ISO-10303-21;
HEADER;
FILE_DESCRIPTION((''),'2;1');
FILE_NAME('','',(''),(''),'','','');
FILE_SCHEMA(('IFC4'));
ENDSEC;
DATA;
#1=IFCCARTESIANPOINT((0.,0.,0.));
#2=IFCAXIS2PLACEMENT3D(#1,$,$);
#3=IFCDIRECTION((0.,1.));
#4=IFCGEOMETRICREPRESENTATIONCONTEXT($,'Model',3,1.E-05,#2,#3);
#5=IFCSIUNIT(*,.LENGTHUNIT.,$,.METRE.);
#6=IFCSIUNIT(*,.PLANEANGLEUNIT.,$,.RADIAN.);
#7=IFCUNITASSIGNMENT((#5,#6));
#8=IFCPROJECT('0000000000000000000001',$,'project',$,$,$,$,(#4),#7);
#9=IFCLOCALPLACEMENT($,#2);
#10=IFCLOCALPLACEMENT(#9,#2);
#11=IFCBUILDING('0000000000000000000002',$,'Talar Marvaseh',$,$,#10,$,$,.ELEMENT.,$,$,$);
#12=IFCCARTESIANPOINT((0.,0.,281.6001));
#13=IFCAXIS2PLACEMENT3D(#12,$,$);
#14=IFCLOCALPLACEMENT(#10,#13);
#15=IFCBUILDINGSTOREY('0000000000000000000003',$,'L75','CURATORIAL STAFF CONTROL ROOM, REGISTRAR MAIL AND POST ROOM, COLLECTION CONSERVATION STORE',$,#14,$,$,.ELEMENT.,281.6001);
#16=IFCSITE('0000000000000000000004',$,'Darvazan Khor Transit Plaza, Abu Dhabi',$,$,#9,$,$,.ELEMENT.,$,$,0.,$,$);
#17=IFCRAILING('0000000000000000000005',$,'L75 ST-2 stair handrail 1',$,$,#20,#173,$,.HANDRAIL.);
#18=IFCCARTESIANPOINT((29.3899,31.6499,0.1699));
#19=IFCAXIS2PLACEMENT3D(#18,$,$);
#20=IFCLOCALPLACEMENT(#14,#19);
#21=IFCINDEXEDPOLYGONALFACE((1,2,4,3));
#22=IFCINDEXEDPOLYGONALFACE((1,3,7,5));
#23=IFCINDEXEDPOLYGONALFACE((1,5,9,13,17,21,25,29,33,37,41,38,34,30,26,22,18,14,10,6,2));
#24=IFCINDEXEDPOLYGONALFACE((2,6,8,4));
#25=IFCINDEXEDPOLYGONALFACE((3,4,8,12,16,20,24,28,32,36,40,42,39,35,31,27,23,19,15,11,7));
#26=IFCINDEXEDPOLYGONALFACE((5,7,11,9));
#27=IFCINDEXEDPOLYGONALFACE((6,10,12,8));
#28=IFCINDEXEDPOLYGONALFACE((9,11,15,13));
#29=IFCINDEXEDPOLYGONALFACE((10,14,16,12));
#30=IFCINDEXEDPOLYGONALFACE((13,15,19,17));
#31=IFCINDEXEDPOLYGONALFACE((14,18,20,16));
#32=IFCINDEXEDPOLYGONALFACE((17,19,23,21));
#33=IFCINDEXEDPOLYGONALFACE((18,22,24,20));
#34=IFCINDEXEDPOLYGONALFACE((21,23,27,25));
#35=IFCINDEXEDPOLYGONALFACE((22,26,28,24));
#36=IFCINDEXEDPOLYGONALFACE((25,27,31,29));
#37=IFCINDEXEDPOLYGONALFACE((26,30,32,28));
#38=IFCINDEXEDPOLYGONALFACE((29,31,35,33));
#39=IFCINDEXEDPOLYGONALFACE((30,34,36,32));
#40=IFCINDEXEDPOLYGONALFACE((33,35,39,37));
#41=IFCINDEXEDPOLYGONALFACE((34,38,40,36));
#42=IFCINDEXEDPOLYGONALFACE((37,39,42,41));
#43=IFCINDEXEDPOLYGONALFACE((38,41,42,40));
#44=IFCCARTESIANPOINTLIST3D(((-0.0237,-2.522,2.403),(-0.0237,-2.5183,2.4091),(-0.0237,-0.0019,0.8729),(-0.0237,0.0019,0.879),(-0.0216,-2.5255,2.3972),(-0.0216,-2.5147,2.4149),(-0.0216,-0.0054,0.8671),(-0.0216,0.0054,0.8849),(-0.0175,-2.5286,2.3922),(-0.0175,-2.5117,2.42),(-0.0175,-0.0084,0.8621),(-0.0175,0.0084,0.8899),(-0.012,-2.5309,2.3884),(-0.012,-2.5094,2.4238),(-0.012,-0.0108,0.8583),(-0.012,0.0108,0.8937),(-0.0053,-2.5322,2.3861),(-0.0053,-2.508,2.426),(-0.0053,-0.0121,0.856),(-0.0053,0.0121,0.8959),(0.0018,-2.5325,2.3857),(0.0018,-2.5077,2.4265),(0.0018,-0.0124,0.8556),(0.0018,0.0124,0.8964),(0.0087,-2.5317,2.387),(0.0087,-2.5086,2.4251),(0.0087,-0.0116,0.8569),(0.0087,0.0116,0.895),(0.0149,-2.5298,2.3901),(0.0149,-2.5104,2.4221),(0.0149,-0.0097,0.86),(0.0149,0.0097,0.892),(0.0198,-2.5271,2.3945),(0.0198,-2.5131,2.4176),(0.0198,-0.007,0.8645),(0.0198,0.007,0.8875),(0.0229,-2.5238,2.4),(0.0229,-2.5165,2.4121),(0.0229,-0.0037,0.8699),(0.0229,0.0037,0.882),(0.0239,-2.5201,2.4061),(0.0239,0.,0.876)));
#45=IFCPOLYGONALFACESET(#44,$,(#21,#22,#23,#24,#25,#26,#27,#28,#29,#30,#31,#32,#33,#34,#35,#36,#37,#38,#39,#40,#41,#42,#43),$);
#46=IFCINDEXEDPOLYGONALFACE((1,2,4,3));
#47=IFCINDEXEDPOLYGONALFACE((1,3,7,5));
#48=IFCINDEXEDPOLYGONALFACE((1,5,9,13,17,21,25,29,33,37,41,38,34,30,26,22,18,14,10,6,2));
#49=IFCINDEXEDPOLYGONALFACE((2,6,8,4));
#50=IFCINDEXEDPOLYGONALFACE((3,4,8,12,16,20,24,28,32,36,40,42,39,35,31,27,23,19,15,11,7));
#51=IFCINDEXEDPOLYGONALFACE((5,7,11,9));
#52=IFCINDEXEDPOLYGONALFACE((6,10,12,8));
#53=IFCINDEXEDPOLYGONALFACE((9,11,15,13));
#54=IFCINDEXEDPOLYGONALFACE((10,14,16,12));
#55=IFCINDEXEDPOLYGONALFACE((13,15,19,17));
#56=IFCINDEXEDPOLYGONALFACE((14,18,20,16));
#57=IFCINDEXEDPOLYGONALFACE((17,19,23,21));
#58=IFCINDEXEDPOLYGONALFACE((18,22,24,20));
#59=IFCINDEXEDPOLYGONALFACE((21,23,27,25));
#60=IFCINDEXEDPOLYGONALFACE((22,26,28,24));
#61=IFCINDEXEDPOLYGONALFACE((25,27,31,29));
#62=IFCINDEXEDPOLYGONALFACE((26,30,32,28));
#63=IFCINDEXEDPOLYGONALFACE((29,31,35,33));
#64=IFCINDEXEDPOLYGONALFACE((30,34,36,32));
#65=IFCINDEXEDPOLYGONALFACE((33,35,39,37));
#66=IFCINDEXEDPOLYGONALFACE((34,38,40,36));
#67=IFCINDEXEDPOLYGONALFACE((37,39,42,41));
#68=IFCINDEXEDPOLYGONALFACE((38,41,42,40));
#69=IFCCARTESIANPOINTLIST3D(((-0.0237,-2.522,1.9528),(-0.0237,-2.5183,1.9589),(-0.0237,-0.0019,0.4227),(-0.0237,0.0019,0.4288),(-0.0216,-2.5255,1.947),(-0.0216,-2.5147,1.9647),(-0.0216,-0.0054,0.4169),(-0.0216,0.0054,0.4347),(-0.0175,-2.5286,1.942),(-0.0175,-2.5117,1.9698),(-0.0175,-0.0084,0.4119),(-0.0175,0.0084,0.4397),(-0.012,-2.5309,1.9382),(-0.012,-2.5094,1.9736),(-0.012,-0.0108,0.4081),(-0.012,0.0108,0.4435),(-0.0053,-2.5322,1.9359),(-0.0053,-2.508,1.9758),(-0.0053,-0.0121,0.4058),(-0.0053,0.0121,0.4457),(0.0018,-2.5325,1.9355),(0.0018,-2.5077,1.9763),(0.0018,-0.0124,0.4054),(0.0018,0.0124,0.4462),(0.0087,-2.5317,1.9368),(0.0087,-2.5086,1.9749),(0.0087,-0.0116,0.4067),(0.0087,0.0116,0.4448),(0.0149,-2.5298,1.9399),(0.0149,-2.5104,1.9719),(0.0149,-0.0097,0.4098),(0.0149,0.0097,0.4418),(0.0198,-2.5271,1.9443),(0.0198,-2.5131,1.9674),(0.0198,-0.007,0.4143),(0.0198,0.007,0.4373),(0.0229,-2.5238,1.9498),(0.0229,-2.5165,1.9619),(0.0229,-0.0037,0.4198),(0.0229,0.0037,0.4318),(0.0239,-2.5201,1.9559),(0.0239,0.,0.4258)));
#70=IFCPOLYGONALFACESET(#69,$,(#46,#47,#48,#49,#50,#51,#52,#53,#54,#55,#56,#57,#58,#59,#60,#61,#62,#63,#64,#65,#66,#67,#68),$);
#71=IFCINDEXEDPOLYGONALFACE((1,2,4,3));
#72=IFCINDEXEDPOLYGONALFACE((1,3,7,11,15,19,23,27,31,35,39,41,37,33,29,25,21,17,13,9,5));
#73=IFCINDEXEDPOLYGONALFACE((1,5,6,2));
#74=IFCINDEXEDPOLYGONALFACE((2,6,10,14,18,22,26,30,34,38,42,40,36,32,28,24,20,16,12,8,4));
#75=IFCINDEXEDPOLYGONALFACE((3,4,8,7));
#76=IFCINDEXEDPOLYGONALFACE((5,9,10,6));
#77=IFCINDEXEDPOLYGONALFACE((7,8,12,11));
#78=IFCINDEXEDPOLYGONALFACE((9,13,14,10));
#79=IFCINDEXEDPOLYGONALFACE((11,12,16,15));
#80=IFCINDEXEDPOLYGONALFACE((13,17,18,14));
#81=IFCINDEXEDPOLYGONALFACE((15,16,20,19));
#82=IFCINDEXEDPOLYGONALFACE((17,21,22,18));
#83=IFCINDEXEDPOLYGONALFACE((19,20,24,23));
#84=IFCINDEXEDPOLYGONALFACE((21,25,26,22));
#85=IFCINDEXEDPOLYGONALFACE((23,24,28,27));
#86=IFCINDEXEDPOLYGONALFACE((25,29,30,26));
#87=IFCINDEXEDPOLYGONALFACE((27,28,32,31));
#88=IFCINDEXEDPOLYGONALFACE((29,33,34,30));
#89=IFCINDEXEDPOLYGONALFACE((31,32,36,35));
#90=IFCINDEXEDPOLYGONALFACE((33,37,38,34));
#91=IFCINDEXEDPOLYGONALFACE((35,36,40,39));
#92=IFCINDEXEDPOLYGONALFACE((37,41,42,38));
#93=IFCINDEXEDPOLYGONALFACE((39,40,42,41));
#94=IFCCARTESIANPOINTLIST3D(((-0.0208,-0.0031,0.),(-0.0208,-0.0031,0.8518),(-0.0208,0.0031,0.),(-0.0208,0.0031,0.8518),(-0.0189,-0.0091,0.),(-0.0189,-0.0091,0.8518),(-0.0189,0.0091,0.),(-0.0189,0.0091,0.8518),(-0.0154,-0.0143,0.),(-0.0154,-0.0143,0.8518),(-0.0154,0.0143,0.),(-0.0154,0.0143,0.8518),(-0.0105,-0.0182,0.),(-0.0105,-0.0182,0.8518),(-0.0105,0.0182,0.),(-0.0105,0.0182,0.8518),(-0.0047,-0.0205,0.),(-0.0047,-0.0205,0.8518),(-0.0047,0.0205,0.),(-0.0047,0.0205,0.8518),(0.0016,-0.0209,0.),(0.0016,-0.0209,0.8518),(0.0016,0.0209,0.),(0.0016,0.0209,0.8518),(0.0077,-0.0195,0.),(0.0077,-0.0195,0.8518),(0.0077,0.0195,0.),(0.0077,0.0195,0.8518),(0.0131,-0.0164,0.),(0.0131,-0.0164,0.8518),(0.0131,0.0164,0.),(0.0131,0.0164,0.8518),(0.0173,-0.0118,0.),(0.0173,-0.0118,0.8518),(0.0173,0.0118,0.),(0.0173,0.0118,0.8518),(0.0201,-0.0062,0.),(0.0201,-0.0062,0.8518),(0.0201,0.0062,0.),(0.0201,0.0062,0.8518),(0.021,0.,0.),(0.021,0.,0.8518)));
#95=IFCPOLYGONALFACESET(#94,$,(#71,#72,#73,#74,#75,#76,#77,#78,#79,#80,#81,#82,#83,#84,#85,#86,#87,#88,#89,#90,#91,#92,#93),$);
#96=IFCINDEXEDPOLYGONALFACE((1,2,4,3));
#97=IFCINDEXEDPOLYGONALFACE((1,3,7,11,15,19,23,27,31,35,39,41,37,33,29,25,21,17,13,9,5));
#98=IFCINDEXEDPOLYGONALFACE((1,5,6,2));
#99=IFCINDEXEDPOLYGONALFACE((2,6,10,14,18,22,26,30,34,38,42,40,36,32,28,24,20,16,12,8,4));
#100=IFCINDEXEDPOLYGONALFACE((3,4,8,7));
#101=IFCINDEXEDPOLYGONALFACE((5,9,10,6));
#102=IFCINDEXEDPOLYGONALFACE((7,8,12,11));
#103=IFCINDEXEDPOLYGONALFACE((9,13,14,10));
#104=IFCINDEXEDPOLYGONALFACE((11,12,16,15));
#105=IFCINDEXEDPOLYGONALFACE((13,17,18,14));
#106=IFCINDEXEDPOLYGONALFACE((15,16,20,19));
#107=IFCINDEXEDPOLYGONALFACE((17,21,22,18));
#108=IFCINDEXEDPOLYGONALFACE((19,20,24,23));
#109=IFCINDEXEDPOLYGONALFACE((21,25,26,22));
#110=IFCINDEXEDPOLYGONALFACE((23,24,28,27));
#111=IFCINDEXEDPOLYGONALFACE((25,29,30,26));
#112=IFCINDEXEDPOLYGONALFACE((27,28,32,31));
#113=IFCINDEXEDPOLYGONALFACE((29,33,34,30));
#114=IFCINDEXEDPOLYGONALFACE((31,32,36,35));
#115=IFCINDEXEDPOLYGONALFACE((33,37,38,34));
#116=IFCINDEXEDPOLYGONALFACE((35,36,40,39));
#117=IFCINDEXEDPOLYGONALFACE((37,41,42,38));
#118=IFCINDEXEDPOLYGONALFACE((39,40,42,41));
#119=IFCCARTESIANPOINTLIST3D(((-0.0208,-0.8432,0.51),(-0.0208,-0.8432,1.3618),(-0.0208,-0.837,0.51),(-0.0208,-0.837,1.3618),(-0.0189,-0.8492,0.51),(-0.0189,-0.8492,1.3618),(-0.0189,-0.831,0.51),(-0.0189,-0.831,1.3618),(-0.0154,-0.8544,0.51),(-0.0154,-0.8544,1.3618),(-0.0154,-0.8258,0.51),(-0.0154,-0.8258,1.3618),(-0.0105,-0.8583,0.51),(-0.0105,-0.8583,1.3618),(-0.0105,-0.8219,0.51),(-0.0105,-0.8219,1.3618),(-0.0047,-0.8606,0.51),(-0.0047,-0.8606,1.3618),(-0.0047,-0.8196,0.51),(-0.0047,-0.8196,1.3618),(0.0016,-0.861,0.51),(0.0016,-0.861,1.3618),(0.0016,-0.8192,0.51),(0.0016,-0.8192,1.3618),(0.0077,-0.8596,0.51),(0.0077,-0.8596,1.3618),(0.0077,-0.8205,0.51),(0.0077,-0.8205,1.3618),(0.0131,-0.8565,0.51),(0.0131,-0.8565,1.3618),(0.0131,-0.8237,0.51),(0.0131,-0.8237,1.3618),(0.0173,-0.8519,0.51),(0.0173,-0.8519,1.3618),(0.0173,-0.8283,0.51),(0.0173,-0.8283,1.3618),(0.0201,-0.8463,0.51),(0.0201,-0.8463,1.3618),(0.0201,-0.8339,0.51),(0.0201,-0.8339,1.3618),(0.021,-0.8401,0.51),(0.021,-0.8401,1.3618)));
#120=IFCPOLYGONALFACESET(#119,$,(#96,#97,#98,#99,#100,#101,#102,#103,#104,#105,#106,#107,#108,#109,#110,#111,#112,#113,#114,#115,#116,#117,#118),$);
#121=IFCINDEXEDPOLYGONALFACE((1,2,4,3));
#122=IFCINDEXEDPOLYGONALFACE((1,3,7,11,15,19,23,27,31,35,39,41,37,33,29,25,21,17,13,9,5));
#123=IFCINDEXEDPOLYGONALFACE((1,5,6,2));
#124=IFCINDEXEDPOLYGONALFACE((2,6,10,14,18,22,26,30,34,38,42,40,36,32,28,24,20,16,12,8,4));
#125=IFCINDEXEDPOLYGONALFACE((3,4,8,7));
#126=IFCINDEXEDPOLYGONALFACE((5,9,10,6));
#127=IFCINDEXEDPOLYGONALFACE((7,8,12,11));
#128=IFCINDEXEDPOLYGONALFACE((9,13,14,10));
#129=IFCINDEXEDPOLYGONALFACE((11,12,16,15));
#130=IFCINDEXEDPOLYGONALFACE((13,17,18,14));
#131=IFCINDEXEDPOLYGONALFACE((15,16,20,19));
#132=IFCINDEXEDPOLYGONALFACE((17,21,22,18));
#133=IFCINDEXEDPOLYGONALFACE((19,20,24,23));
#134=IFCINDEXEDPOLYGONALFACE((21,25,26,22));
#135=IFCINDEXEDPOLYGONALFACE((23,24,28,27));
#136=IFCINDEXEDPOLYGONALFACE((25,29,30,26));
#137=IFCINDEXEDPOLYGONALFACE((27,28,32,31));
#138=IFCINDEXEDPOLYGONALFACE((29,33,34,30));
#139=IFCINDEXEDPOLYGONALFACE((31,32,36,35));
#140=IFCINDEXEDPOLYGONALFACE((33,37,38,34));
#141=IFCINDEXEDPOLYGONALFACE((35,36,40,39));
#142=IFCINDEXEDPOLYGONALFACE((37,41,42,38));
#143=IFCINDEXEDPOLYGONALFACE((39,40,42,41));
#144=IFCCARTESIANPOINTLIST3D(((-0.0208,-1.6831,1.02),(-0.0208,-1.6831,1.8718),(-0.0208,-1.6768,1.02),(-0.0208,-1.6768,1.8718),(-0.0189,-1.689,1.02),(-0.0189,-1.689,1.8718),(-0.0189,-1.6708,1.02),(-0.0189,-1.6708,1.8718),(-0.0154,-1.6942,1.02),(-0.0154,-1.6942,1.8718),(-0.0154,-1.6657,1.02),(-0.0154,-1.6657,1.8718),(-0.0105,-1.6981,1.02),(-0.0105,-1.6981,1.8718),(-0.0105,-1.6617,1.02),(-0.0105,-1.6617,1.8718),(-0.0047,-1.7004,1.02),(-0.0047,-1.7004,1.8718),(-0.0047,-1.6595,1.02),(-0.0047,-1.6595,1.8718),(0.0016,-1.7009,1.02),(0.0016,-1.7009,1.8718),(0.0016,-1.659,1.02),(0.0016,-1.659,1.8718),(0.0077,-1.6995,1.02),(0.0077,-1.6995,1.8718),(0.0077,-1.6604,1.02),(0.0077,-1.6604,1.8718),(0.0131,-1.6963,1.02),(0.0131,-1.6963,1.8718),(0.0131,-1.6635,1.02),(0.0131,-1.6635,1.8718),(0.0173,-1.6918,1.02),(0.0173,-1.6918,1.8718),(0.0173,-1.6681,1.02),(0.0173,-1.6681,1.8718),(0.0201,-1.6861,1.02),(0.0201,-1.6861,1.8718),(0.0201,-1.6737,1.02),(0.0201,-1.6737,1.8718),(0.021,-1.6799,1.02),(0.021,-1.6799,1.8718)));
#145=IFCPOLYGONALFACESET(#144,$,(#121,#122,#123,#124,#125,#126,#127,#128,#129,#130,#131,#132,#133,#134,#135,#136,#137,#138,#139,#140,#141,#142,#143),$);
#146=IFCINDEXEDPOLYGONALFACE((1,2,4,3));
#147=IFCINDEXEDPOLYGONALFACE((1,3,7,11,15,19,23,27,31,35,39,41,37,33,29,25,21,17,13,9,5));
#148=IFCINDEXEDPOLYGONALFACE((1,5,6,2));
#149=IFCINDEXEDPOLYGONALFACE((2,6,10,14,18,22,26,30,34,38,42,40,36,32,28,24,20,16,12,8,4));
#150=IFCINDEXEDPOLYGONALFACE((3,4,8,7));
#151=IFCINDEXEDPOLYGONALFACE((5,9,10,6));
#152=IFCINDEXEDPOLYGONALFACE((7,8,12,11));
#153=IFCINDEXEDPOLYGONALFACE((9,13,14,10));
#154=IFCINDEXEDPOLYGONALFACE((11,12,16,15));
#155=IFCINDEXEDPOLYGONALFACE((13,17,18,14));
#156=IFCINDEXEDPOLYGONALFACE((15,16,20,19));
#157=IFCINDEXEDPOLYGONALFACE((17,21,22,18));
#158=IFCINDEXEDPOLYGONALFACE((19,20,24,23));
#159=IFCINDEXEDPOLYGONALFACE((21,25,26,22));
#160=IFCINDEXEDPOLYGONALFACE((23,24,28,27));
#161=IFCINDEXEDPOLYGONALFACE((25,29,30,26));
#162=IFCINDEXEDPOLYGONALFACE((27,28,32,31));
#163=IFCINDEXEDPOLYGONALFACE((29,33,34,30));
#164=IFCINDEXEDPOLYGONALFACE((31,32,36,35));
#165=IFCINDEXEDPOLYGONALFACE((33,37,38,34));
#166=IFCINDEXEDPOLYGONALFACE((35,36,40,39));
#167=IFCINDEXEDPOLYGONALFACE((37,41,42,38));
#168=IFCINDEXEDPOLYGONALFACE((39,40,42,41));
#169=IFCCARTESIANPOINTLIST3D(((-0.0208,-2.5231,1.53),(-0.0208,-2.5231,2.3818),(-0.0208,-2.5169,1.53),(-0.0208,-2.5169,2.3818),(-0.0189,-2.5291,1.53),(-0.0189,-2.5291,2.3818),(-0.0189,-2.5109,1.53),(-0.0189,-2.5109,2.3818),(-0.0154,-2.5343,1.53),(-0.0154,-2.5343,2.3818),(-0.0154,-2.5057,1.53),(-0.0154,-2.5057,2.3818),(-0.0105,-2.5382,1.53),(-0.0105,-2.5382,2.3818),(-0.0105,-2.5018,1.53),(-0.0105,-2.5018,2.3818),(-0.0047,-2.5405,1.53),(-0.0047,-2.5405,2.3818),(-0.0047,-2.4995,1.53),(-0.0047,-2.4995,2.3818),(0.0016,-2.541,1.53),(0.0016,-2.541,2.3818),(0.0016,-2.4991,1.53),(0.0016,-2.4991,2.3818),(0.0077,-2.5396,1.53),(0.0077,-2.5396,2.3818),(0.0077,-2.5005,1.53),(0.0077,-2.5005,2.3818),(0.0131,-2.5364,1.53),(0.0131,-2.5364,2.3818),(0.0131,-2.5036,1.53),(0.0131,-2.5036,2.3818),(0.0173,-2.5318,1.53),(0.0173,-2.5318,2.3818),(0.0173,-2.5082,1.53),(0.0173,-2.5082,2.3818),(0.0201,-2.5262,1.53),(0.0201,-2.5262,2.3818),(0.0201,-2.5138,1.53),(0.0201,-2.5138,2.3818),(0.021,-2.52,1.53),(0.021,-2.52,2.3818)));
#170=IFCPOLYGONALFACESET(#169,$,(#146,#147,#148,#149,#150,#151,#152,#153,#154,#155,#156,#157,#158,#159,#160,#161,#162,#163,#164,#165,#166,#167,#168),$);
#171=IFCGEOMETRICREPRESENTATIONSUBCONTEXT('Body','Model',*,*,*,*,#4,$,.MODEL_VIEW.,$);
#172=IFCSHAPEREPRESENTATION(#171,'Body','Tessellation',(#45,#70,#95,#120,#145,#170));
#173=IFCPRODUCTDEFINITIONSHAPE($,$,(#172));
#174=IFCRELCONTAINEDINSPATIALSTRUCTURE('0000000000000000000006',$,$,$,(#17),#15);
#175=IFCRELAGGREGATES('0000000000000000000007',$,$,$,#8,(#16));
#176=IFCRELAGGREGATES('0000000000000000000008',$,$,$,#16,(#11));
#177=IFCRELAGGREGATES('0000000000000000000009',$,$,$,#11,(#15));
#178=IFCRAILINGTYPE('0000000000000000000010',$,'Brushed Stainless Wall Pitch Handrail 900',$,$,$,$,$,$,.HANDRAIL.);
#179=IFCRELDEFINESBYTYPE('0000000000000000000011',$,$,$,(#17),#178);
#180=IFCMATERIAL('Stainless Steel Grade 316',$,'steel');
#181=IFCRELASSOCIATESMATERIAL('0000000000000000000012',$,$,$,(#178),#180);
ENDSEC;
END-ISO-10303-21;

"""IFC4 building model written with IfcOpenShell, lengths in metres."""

from ifc_helpers import new_model, si_unit, direction, frame, origin, origin_2d, place, context, subcontext, project, spatial, circle, extrude, material, type_object, element, save


model = new_model("IFC4")

# Units and contexts
model_context = context("Model", 3, precision=1e-05, world=origin(), true_north=direction((0.0, 1.0)))
body_context = subcontext(model_context, "Body", "Model", "MODEL_VIEW")
ifc_project = project(units=[si_unit("LENGTHUNIT", "METRE"), si_unit("PLANEANGLEUNIT", "RADIAN")], contexts=[model_context])

# Site, building, storey
site_placement = place(None, origin())
site = spatial("IfcSite", under=ifc_project, at=site_placement, Name="Darvazan Khor Transit Plaza, Abu Dhabi", CompositionType="ELEMENT", RefElevation=0.0)
building_placement = place(site_placement, origin())
building = spatial("IfcBuilding", under=site, at=building_placement, Name="Talar Marvaseh", CompositionType="ELEMENT")
storey_placement = place(building_placement, frame((0.0, 0.0, 281.6001)))
storey = spatial("IfcBuildingStorey", under=building, at=storey_placement, Name="L75", Description="CURATORIAL STAFF CONTROL ROOM, REGISTRAR MAIL AND POST ROOM, COLLECTION CONSERVATION STORE", CompositionType="ELEMENT", Elevation=281.6001)

# Shared definitions
ifc_material_1 = material(Name="Stainless Steel Grade 316", Category="steel")

# Railing
railing_type_1 = type_object("IfcRailingType", Name="Brushed Stainless Wall Pitch Handrail 900", PredefinedType="HANDRAIL", material=ifc_material_1)
railing_1_placement = place(storey_placement, frame((29.3899, 31.6499, 0.1699)))
element("IfcRailing", 1, at=railing_1_placement, inside=storey, type_object=railing_type_1, Name="L75 ST-2 stair handrail 1", PredefinedType="HANDRAIL", context=body_context, shape_type="SweptSolid", body=[
    extrude(circle(Radius=0.0239, at=origin_2d()), frame((0.0, 0.0, 0.876), z_axis=(0.0, -0.854785, 0.518982), x_axis=(1.0, 0.0, 0.0)), (0.0, 0.0, 1.0), 2.9482),
    extrude(circle(Radius=0.0239, at=origin_2d()), frame((0.0, 0.0, 0.4258), z_axis=(0.0, -0.854785, 0.518982), x_axis=(1.0, 0.0, 0.0)), (0.0, 0.0, 1.0), 2.9482),
    extrude(circle(Radius=0.021, at=origin_2d()), origin(), (0.0, 0.0, 1.0), 0.8518),
    extrude(circle(Radius=0.021, at=origin_2d()), frame((0.0, -0.8401, 0.51)), (0.0, 0.0, 1.0), 0.8518),
    extrude(circle(Radius=0.021, at=origin_2d()), frame((0.0, -1.6799, 1.02)), (0.0, 0.0, 1.0), 0.8518),
    extrude(circle(Radius=0.021, at=origin_2d()), frame((0.0, -2.52, 1.53)), (0.0, 0.0, 1.0), 0.8518),
])

save(model, "model.ifc")
